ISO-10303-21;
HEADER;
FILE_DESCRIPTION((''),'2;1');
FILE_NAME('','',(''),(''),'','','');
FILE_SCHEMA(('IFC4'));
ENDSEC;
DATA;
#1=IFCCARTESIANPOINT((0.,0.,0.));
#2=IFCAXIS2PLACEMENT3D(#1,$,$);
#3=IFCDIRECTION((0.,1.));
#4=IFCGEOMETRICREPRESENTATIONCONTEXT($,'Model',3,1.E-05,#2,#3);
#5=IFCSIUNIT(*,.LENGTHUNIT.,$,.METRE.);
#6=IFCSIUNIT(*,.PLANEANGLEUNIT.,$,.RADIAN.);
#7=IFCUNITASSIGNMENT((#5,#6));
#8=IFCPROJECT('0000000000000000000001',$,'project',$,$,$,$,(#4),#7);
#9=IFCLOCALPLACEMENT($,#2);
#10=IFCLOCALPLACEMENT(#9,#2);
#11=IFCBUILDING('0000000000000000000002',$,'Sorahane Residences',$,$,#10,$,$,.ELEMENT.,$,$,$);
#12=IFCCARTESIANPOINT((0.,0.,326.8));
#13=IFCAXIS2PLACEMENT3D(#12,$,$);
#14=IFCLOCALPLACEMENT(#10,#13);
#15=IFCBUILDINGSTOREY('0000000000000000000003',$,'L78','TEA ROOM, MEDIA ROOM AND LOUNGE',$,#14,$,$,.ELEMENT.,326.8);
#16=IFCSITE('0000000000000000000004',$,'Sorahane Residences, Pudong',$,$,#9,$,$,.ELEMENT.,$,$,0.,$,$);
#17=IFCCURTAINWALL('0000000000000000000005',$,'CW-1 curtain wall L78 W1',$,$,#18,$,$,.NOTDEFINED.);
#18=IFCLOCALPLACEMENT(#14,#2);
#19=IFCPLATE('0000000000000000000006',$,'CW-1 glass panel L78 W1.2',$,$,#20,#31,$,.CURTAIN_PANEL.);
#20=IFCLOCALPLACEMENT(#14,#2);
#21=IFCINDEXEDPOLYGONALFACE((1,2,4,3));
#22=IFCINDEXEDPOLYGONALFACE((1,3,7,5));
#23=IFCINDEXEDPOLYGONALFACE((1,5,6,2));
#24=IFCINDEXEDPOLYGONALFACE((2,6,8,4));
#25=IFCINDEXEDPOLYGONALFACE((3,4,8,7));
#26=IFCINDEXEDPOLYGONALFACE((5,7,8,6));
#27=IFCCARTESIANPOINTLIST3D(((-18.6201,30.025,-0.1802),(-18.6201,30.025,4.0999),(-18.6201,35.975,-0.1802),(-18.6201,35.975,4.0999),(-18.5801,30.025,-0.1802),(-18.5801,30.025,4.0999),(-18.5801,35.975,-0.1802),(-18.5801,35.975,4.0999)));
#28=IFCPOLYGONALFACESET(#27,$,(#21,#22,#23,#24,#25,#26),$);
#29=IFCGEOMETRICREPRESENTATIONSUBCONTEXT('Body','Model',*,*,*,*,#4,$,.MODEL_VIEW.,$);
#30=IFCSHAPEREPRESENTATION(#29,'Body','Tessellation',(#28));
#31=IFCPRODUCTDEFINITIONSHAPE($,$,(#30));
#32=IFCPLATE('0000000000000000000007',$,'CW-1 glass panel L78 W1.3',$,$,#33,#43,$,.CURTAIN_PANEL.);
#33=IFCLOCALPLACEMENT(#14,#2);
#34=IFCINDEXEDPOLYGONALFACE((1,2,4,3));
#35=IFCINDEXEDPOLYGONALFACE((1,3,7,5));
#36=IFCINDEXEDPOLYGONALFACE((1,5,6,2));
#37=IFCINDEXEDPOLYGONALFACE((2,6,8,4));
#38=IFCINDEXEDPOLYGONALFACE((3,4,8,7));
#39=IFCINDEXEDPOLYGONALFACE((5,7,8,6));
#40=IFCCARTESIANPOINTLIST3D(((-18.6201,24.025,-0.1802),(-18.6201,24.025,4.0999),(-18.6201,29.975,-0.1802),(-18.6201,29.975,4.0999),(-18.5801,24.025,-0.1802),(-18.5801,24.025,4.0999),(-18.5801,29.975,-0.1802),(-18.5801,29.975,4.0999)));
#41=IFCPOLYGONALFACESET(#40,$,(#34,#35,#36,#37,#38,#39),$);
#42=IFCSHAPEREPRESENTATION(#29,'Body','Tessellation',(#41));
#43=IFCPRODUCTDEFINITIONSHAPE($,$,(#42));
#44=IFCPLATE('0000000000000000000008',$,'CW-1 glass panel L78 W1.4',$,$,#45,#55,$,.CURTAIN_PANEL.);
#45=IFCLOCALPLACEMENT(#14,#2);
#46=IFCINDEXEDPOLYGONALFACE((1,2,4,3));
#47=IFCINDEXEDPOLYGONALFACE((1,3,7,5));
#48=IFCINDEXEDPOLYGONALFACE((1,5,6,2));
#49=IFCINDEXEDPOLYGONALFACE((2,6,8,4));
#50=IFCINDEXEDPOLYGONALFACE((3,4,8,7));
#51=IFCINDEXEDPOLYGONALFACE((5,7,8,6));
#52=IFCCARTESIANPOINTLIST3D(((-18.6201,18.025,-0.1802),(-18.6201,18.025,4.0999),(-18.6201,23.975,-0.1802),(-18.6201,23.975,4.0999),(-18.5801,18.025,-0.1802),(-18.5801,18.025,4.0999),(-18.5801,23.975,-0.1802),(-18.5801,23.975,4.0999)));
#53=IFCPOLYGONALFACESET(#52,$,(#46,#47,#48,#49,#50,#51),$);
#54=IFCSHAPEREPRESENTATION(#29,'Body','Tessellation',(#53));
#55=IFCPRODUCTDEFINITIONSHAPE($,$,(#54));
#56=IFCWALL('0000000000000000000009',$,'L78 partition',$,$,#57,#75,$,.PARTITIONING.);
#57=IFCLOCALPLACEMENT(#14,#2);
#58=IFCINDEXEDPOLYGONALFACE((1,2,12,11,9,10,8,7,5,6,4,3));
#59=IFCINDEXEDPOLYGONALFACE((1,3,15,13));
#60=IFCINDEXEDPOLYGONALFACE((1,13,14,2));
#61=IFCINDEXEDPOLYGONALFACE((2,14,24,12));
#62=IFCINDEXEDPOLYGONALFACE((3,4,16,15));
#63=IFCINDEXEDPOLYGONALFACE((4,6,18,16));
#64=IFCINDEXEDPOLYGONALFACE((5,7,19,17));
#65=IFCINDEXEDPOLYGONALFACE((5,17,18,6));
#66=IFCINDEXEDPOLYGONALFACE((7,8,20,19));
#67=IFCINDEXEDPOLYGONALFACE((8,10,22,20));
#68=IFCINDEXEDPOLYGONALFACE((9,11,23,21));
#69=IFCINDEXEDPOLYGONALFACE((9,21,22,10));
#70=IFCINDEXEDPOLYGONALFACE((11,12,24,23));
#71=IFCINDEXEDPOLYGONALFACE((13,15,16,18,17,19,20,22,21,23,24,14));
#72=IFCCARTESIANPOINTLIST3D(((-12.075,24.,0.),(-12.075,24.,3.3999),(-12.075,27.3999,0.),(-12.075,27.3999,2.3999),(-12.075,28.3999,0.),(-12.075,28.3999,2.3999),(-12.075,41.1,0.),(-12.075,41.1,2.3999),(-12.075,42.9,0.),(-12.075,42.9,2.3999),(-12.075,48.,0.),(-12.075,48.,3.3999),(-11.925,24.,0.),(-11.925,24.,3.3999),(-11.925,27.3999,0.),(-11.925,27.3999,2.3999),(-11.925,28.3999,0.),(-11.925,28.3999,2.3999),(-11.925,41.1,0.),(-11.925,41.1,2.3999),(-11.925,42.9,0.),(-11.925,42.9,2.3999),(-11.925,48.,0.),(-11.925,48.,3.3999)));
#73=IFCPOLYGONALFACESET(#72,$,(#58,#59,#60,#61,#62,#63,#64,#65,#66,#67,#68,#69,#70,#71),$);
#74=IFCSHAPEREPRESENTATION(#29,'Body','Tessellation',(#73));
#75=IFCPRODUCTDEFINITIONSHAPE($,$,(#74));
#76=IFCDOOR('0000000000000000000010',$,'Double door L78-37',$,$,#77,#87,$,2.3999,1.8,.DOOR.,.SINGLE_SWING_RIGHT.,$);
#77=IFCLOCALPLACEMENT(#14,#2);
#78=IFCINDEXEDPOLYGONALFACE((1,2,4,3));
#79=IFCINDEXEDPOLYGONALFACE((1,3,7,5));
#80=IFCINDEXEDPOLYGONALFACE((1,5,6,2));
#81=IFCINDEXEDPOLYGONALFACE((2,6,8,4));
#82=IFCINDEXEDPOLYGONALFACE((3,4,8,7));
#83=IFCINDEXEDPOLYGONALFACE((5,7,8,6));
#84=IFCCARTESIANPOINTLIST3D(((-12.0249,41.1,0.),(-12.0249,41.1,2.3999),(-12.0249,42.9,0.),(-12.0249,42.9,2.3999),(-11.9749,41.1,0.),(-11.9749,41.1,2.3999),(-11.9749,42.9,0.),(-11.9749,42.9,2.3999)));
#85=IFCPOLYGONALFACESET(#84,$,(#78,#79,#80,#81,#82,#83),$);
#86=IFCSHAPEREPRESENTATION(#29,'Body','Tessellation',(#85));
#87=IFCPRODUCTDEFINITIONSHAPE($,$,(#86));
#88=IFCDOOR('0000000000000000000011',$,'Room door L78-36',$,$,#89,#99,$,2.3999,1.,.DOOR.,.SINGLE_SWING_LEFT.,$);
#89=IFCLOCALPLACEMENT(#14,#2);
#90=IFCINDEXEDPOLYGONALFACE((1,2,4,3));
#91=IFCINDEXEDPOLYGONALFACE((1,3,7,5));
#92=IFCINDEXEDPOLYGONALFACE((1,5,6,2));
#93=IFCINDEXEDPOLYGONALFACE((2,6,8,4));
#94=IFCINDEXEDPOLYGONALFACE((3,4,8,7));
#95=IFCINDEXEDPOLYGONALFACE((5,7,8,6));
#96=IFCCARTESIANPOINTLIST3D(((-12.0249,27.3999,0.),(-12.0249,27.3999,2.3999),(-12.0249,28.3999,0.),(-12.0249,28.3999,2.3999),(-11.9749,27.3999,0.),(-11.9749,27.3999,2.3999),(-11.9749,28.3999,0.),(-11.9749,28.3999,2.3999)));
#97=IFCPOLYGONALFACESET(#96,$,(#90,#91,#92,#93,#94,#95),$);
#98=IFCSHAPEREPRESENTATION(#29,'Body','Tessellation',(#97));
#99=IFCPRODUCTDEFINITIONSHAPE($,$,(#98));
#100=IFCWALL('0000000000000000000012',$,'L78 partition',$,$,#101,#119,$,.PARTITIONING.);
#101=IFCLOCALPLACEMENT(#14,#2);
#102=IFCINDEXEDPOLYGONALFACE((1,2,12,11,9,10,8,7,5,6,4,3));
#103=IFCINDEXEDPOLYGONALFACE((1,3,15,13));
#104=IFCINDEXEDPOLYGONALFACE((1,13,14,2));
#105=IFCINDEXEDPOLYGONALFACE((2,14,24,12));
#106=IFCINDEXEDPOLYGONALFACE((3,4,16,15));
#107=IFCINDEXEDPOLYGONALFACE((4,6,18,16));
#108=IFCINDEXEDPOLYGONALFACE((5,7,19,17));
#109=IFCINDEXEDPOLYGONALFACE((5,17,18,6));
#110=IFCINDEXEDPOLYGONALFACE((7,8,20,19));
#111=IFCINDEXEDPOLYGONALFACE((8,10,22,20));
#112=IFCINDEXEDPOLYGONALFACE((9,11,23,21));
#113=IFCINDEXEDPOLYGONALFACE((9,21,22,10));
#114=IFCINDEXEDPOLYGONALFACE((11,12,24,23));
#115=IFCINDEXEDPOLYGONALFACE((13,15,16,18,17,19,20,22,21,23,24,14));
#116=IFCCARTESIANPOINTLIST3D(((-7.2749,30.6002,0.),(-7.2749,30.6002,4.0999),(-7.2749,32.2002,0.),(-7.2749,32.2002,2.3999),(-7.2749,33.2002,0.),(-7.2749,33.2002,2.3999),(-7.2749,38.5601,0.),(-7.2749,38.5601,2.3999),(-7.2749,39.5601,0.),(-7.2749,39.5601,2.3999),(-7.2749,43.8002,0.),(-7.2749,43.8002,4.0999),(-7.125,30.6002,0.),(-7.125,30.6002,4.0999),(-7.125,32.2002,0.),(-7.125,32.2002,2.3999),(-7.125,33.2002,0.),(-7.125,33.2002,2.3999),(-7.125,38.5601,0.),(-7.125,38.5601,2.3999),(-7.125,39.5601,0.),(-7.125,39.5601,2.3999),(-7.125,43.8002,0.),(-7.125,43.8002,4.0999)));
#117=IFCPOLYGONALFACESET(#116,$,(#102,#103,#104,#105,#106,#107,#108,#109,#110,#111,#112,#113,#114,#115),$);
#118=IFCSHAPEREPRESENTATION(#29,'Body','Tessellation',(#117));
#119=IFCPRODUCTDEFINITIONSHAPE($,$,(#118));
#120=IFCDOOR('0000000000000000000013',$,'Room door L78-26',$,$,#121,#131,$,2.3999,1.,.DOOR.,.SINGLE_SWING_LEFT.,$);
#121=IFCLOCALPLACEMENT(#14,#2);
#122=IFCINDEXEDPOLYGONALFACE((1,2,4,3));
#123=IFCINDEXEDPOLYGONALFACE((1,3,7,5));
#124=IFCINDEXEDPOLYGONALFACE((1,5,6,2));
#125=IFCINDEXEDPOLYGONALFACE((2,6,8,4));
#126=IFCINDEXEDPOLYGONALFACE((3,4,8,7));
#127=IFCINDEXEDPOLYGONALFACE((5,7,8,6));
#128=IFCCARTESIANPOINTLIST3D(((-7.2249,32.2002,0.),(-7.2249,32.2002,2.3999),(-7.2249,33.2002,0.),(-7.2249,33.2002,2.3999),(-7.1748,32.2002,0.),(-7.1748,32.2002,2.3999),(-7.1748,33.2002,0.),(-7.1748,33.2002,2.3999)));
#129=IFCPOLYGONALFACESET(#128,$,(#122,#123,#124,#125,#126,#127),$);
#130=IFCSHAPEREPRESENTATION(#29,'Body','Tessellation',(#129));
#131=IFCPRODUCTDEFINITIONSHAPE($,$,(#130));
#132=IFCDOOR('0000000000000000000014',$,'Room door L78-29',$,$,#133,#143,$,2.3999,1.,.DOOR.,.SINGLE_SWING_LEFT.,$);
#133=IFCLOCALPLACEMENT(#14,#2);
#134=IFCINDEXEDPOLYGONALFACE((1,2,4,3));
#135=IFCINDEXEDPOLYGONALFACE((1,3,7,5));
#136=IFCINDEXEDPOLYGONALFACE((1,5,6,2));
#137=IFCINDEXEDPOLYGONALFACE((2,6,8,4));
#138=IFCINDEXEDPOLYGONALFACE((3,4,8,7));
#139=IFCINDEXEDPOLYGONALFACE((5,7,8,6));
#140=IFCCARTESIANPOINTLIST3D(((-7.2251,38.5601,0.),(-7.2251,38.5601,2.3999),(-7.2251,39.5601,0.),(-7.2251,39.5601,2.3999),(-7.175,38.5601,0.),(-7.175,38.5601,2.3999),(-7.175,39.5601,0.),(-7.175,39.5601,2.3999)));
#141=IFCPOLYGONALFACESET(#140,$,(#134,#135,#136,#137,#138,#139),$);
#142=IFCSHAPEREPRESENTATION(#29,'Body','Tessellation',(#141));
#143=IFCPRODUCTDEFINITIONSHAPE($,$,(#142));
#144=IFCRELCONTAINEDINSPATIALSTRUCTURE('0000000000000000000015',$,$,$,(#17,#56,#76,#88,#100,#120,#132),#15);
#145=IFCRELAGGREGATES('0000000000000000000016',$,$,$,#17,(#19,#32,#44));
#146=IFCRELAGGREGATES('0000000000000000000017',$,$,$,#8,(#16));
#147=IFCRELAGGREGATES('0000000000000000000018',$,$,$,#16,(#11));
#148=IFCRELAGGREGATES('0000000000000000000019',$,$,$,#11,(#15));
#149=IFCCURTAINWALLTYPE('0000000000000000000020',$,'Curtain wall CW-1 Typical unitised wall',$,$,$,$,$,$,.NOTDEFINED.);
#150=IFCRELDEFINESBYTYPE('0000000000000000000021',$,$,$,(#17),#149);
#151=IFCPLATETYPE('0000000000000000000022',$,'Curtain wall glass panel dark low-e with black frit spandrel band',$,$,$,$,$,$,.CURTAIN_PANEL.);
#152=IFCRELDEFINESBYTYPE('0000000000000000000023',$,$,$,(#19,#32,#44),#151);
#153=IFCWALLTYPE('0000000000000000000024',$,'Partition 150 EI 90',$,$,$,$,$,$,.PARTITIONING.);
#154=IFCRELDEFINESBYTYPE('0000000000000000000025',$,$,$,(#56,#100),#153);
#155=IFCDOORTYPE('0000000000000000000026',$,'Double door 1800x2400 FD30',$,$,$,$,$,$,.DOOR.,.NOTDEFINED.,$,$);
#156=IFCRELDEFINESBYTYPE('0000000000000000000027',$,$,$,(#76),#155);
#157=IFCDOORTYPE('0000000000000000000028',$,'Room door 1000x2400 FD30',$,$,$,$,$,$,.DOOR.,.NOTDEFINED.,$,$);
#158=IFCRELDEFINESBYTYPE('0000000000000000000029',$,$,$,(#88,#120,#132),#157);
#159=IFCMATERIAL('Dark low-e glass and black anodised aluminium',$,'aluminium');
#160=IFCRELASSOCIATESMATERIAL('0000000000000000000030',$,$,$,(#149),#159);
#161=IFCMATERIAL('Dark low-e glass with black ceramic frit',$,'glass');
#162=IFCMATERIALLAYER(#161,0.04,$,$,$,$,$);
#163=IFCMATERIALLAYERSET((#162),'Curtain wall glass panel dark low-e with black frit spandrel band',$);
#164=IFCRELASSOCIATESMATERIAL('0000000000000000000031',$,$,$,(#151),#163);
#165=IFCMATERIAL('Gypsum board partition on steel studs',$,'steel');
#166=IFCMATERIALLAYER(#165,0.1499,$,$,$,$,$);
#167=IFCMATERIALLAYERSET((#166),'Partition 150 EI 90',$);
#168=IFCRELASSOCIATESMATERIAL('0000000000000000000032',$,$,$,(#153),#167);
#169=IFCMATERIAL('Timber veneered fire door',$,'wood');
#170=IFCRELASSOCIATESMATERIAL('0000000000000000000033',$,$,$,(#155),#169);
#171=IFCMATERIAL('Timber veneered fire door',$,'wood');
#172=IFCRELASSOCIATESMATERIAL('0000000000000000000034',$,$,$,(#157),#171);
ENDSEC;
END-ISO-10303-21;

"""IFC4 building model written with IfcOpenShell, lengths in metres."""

from ifc_helpers import new_model, si_unit, direction, frame, frame_2d, origin, origin_2d, place, context, subcontext, project, spatial, rectangle, extrude, material, layer, layer_set, type_object, element, fill, aggregate, save


model = new_model("IFC4")

# Units and contexts
model_context = context("Model", 3, precision=1e-05, world=origin(), true_north=direction((0.0, 1.0)))
body_context = subcontext(model_context, "Body", "Model", "MODEL_VIEW")
ifc_project = project(units=[si_unit("LENGTHUNIT", "METRE"), si_unit("PLANEANGLEUNIT", "RADIAN")], contexts=[model_context])

# Site, building, storey
site_placement = place(None, origin())
site = spatial("IfcSite", under=ifc_project, at=site_placement, Name="Sorahane Residences, Pudong", CompositionType="ELEMENT", RefElevation=0.0)
building_placement = place(site_placement, origin())
building = spatial("IfcBuilding", under=site, at=building_placement, Name="Sorahane Residences", CompositionType="ELEMENT")
storey_placement = place(building_placement, frame((0.0, 0.0, 326.8)))
storey = spatial("IfcBuildingStorey", under=building, at=storey_placement, Name="L78", Description="TEA ROOM, MEDIA ROOM AND LOUNGE", CompositionType="ELEMENT", Elevation=326.8)

# Curtain wall
ifc_material_1 = material(Name="Dark low-e glass and black anodised aluminium", Category="aluminium")
curtain_wall_type = type_object("IfcCurtainWallType", Name="Curtain wall CW-1 Typical unitised wall", PredefinedType="NOTDEFINED", material=ifc_material_1)
curtain_wall_placement = place(storey_placement, origin())
curtain_wall = element("IfcCurtainWall", 1, at=curtain_wall_placement, inside=storey, type_object=curtain_wall_type, Name="CW-1 curtain wall L78 W1", PredefinedType="NOTDEFINED")

# Plates
ifc_material_2 = material(Name="Dark low-e glass with black ceramic frit", Category="glass")
ifc_layer_1 = layer(ifc_material_2, 0.04)
ifc_layer_set_1 = layer_set([ifc_layer_1], Name="Curtain wall glass panel dark low-e with black frit spandrel band")
plate_type = type_object("IfcPlateType", Name="Curtain wall glass panel dark low-e with black frit spandrel band", PredefinedType="CURTAIN_PANEL", material=ifc_layer_set_1)
plate_1_placement = place(storey_placement, frame((-18.6001, 33.0, -0.1802), z_axis=(0.0, 0.0, 1.0), x_axis=(0.0, -1.0, 0.0)))
plate_1 = element("IfcPlate", 2, at=plate_1_placement, type_object=plate_type, Name="CW-1 glass panel L78 W1.2", PredefinedType="CURTAIN_PANEL", context=body_context, shape_type="SweptSolid", body=[
    extrude(rectangle(XDim=5.95, YDim=0.04, at=origin_2d()), origin(), (0.0, 0.0, 1.0), 4.28),
])
plate_2_placement = place(storey_placement, frame((-18.6001, 27.0, -0.1802), z_axis=(0.0, 0.0, 1.0), x_axis=(0.0, -1.0, 0.0)))
plate_2 = element("IfcPlate", 3, at=plate_2_placement, type_object=plate_type, Name="CW-1 glass panel L78 W1.3", PredefinedType="CURTAIN_PANEL", context=body_context, shape_type="SweptSolid", body=[
    extrude(rectangle(XDim=5.95, YDim=0.04, at=origin_2d()), origin(), (0.0, 0.0, 1.0), 4.28),
])
plate_3_placement = place(storey_placement, frame((-18.6001, 21.0, -0.1802), z_axis=(0.0, 0.0, 1.0), x_axis=(0.0, -1.0, 0.0)))
plate_3 = element("IfcPlate", 4, at=plate_3_placement, type_object=plate_type, Name="CW-1 glass panel L78 W1.4", PredefinedType="CURTAIN_PANEL", context=body_context, shape_type="SweptSolid", body=[
    extrude(rectangle(XDim=5.95, YDim=0.04, at=origin_2d()), origin(), (0.0, 0.0, 1.0), 4.28),
])
aggregate(curtain_wall, [plate_1, plate_2, plate_3])

# Walls, openings, doors
ifc_material_3 = material(Name="Gypsum board partition on steel studs", Category="steel")
ifc_layer_2 = layer(ifc_material_3, 0.1499)
ifc_layer_set_2 = layer_set([ifc_layer_2], Name="Partition 150 EI 90")
wall_type_1 = type_object("IfcWallType", Name="Partition 150 EI 90", PredefinedType="PARTITIONING", material=ifc_layer_set_2)
wall_1_placement = place(storey_placement, frame((-12.0, 24.0, 0.0), z_axis=(0.0, 0.0, 1.0), x_axis=(0.0, 1.0, 0.0)))
wall_1 = element("IfcWall", 5, at=wall_1_placement, inside=storey, type_object=wall_type_1, Name="L78 partition", PredefinedType="PARTITIONING", context=body_context, shape_type="SweptSolid", body=[
    extrude(rectangle(XDim=24.0, YDim=0.1499, at=frame_2d((12.0, 0.0))), origin(), (0.0, 0.0, 1.0), 3.3999),
])
opening_1_placement = place(wall_1_placement, frame((3.3999, 0.0, 0.0)))
opening_1 = element("IfcOpeningElement", 6, at=opening_1_placement, cuts=wall_1, PredefinedType="OPENING", context=body_context, shape_type="SweptSolid", body=[
    extrude(rectangle(XDim=1.0, YDim=2.3999, at=frame_2d((0.5, 1.2))), frame((0.0, 0.085, 0.0), z_axis=(0.0, -1.0, 0.0), x_axis=(1.0, 0.0, 0.0)), (0.0, 0.0, 1.0), 0.1699),
])
opening_2_placement = place(wall_1_placement, frame((17.1001, 0.0, 0.0)))
opening_2 = element("IfcOpeningElement", 7, at=opening_2_placement, cuts=wall_1, PredefinedType="OPENING", context=body_context, shape_type="SweptSolid", body=[
    extrude(rectangle(XDim=1.8, YDim=2.3999, at=frame_2d((0.8999, 1.2))), frame((0.0, 0.085, 0.0), z_axis=(0.0, -1.0, 0.0), x_axis=(1.0, 0.0, 0.0)), (0.0, 0.0, 1.0), 0.1699),
])
ifc_material_4 = material(Name="Timber veneered fire door", Category="wood")
door_type_1 = type_object("IfcDoorType", Name="Double door 1800x2400 FD30", OperationType="NOTDEFINED", PredefinedType="DOOR", material=ifc_material_4)
door_1_placement = place(opening_2_placement, origin())
door_1 = element("IfcDoor", 8, at=door_1_placement, inside=storey, type_object=door_type_1, Name="Double door L78-37", OperationType="SINGLE_SWING_RIGHT", OverallHeight=2.3999, OverallWidth=1.8, PredefinedType="DOOR", context=body_context, shape_type="SweptSolid", body=[
    extrude(rectangle(XDim=1.8, YDim=2.3999, at=frame_2d((0.8999, 1.2))), frame((0.0, 0.0249, 0.0), z_axis=(0.0, -1.0, 0.0), x_axis=(1.0, 0.0, 0.0)), (0.0, 0.0, 1.0), 0.05),
])
fill(opening_2, door_1)
ifc_material_5 = material(Name="Timber veneered fire door", Category="wood")
door_type_2 = type_object("IfcDoorType", Name="Room door 1000x2400 FD30", OperationType="NOTDEFINED", PredefinedType="DOOR", material=ifc_material_5)
door_2_placement = place(opening_1_placement, origin())
door_2 = element("IfcDoor", 9, at=door_2_placement, inside=storey, type_object=door_type_2, Name="Room door L78-36", OperationType="SINGLE_SWING_LEFT", OverallHeight=2.3999, OverallWidth=1.0, PredefinedType="DOOR", context=body_context, shape_type="SweptSolid", body=[
    extrude(rectangle(XDim=1.0, YDim=2.3999, at=frame_2d((0.5, 1.2))), frame((0.0, 0.0249, 0.0), z_axis=(0.0, -1.0, 0.0), x_axis=(1.0, 0.0, 0.0)), (0.0, 0.0, 1.0), 0.05),
])
fill(opening_1, door_2)
wall_2_placement = place(storey_placement, frame((-7.2, 30.6001, 0.0), z_axis=(0.0, 0.0, 1.0), x_axis=(0.0, 1.0, 0.0)))
wall_2 = element("IfcWall", 10, at=wall_2_placement, inside=storey, type_object=wall_type_1, Name="L78 partition", PredefinedType="PARTITIONING", context=body_context, shape_type="SweptSolid", body=[
    extrude(rectangle(XDim=13.2, YDim=0.1499, at=frame_2d((6.6001, 0.0))), origin(), (0.0, 0.0, 1.0), 4.0999),
])
opening_3_placement = place(wall_2_placement, frame((1.6001, 0.0, 0.0)))
opening_3 = element("IfcOpeningElement", 11, at=opening_3_placement, cuts=wall_2, PredefinedType="OPENING", context=body_context, shape_type="SweptSolid", body=[
    extrude(rectangle(XDim=1.0, YDim=2.3999, at=frame_2d((0.5, 1.2))), frame((0.0, 0.085, 0.0), z_axis=(0.0, -1.0, 0.0), x_axis=(1.0, 0.0, 0.0)), (0.0, 0.0, 1.0), 0.1699),
])
opening_4_placement = place(wall_2_placement, frame((7.96, 0.0, 0.0)))
opening_4 = element("IfcOpeningElement", 12, at=opening_4_placement, cuts=wall_2, PredefinedType="OPENING", context=body_context, shape_type="SweptSolid", body=[
    extrude(rectangle(XDim=1.0, YDim=2.3999, at=frame_2d((0.5, 1.2))), frame((0.0, 0.085, 0.0), z_axis=(0.0, -1.0, 0.0), x_axis=(1.0, 0.0, 0.0)), (0.0, 0.0, 1.0), 0.1699),
])
door_3_placement = place(opening_3_placement, origin())
door_3 = element("IfcDoor", 13, at=door_3_placement, inside=storey, type_object=door_type_2, Name="Room door L78-26", OperationType="SINGLE_SWING_LEFT", OverallHeight=2.3999, OverallWidth=1.0, PredefinedType="DOOR", context=body_context, shape_type="SweptSolid", body=[
    extrude(rectangle(XDim=1.0, YDim=2.3999, at=frame_2d((0.5, 1.2))), frame((0.0, 0.0249, 0.0), z_axis=(0.0, -1.0, 0.0), x_axis=(1.0, 0.0, 0.0)), (0.0, 0.0, 1.0), 0.05),
])
fill(opening_3, door_3)
door_4_placement = place(opening_4_placement, frame((1.0, 0.0, 0.0), z_axis=(0.0, 0.0, 1.0), x_axis=(-1.0, 0.0, 0.0)))
door_4 = element("IfcDoor", 14, at=door_4_placement, inside=storey, type_object=door_type_2, Name="Room door L78-29", OperationType="SINGLE_SWING_LEFT", OverallHeight=2.3999, OverallWidth=1.0, PredefinedType="DOOR", context=body_context, shape_type="SweptSolid", body=[
    extrude(rectangle(XDim=1.0, YDim=2.3999, at=frame_2d((0.5, 1.2))), frame((0.0, 0.0249, 0.0), z_axis=(0.0, -1.0, 0.0), x_axis=(1.0, 0.0, 0.0)), (0.0, 0.0, 1.0), 0.05),
])
fill(opening_4, door_4)

save(model, "model.ifc")
